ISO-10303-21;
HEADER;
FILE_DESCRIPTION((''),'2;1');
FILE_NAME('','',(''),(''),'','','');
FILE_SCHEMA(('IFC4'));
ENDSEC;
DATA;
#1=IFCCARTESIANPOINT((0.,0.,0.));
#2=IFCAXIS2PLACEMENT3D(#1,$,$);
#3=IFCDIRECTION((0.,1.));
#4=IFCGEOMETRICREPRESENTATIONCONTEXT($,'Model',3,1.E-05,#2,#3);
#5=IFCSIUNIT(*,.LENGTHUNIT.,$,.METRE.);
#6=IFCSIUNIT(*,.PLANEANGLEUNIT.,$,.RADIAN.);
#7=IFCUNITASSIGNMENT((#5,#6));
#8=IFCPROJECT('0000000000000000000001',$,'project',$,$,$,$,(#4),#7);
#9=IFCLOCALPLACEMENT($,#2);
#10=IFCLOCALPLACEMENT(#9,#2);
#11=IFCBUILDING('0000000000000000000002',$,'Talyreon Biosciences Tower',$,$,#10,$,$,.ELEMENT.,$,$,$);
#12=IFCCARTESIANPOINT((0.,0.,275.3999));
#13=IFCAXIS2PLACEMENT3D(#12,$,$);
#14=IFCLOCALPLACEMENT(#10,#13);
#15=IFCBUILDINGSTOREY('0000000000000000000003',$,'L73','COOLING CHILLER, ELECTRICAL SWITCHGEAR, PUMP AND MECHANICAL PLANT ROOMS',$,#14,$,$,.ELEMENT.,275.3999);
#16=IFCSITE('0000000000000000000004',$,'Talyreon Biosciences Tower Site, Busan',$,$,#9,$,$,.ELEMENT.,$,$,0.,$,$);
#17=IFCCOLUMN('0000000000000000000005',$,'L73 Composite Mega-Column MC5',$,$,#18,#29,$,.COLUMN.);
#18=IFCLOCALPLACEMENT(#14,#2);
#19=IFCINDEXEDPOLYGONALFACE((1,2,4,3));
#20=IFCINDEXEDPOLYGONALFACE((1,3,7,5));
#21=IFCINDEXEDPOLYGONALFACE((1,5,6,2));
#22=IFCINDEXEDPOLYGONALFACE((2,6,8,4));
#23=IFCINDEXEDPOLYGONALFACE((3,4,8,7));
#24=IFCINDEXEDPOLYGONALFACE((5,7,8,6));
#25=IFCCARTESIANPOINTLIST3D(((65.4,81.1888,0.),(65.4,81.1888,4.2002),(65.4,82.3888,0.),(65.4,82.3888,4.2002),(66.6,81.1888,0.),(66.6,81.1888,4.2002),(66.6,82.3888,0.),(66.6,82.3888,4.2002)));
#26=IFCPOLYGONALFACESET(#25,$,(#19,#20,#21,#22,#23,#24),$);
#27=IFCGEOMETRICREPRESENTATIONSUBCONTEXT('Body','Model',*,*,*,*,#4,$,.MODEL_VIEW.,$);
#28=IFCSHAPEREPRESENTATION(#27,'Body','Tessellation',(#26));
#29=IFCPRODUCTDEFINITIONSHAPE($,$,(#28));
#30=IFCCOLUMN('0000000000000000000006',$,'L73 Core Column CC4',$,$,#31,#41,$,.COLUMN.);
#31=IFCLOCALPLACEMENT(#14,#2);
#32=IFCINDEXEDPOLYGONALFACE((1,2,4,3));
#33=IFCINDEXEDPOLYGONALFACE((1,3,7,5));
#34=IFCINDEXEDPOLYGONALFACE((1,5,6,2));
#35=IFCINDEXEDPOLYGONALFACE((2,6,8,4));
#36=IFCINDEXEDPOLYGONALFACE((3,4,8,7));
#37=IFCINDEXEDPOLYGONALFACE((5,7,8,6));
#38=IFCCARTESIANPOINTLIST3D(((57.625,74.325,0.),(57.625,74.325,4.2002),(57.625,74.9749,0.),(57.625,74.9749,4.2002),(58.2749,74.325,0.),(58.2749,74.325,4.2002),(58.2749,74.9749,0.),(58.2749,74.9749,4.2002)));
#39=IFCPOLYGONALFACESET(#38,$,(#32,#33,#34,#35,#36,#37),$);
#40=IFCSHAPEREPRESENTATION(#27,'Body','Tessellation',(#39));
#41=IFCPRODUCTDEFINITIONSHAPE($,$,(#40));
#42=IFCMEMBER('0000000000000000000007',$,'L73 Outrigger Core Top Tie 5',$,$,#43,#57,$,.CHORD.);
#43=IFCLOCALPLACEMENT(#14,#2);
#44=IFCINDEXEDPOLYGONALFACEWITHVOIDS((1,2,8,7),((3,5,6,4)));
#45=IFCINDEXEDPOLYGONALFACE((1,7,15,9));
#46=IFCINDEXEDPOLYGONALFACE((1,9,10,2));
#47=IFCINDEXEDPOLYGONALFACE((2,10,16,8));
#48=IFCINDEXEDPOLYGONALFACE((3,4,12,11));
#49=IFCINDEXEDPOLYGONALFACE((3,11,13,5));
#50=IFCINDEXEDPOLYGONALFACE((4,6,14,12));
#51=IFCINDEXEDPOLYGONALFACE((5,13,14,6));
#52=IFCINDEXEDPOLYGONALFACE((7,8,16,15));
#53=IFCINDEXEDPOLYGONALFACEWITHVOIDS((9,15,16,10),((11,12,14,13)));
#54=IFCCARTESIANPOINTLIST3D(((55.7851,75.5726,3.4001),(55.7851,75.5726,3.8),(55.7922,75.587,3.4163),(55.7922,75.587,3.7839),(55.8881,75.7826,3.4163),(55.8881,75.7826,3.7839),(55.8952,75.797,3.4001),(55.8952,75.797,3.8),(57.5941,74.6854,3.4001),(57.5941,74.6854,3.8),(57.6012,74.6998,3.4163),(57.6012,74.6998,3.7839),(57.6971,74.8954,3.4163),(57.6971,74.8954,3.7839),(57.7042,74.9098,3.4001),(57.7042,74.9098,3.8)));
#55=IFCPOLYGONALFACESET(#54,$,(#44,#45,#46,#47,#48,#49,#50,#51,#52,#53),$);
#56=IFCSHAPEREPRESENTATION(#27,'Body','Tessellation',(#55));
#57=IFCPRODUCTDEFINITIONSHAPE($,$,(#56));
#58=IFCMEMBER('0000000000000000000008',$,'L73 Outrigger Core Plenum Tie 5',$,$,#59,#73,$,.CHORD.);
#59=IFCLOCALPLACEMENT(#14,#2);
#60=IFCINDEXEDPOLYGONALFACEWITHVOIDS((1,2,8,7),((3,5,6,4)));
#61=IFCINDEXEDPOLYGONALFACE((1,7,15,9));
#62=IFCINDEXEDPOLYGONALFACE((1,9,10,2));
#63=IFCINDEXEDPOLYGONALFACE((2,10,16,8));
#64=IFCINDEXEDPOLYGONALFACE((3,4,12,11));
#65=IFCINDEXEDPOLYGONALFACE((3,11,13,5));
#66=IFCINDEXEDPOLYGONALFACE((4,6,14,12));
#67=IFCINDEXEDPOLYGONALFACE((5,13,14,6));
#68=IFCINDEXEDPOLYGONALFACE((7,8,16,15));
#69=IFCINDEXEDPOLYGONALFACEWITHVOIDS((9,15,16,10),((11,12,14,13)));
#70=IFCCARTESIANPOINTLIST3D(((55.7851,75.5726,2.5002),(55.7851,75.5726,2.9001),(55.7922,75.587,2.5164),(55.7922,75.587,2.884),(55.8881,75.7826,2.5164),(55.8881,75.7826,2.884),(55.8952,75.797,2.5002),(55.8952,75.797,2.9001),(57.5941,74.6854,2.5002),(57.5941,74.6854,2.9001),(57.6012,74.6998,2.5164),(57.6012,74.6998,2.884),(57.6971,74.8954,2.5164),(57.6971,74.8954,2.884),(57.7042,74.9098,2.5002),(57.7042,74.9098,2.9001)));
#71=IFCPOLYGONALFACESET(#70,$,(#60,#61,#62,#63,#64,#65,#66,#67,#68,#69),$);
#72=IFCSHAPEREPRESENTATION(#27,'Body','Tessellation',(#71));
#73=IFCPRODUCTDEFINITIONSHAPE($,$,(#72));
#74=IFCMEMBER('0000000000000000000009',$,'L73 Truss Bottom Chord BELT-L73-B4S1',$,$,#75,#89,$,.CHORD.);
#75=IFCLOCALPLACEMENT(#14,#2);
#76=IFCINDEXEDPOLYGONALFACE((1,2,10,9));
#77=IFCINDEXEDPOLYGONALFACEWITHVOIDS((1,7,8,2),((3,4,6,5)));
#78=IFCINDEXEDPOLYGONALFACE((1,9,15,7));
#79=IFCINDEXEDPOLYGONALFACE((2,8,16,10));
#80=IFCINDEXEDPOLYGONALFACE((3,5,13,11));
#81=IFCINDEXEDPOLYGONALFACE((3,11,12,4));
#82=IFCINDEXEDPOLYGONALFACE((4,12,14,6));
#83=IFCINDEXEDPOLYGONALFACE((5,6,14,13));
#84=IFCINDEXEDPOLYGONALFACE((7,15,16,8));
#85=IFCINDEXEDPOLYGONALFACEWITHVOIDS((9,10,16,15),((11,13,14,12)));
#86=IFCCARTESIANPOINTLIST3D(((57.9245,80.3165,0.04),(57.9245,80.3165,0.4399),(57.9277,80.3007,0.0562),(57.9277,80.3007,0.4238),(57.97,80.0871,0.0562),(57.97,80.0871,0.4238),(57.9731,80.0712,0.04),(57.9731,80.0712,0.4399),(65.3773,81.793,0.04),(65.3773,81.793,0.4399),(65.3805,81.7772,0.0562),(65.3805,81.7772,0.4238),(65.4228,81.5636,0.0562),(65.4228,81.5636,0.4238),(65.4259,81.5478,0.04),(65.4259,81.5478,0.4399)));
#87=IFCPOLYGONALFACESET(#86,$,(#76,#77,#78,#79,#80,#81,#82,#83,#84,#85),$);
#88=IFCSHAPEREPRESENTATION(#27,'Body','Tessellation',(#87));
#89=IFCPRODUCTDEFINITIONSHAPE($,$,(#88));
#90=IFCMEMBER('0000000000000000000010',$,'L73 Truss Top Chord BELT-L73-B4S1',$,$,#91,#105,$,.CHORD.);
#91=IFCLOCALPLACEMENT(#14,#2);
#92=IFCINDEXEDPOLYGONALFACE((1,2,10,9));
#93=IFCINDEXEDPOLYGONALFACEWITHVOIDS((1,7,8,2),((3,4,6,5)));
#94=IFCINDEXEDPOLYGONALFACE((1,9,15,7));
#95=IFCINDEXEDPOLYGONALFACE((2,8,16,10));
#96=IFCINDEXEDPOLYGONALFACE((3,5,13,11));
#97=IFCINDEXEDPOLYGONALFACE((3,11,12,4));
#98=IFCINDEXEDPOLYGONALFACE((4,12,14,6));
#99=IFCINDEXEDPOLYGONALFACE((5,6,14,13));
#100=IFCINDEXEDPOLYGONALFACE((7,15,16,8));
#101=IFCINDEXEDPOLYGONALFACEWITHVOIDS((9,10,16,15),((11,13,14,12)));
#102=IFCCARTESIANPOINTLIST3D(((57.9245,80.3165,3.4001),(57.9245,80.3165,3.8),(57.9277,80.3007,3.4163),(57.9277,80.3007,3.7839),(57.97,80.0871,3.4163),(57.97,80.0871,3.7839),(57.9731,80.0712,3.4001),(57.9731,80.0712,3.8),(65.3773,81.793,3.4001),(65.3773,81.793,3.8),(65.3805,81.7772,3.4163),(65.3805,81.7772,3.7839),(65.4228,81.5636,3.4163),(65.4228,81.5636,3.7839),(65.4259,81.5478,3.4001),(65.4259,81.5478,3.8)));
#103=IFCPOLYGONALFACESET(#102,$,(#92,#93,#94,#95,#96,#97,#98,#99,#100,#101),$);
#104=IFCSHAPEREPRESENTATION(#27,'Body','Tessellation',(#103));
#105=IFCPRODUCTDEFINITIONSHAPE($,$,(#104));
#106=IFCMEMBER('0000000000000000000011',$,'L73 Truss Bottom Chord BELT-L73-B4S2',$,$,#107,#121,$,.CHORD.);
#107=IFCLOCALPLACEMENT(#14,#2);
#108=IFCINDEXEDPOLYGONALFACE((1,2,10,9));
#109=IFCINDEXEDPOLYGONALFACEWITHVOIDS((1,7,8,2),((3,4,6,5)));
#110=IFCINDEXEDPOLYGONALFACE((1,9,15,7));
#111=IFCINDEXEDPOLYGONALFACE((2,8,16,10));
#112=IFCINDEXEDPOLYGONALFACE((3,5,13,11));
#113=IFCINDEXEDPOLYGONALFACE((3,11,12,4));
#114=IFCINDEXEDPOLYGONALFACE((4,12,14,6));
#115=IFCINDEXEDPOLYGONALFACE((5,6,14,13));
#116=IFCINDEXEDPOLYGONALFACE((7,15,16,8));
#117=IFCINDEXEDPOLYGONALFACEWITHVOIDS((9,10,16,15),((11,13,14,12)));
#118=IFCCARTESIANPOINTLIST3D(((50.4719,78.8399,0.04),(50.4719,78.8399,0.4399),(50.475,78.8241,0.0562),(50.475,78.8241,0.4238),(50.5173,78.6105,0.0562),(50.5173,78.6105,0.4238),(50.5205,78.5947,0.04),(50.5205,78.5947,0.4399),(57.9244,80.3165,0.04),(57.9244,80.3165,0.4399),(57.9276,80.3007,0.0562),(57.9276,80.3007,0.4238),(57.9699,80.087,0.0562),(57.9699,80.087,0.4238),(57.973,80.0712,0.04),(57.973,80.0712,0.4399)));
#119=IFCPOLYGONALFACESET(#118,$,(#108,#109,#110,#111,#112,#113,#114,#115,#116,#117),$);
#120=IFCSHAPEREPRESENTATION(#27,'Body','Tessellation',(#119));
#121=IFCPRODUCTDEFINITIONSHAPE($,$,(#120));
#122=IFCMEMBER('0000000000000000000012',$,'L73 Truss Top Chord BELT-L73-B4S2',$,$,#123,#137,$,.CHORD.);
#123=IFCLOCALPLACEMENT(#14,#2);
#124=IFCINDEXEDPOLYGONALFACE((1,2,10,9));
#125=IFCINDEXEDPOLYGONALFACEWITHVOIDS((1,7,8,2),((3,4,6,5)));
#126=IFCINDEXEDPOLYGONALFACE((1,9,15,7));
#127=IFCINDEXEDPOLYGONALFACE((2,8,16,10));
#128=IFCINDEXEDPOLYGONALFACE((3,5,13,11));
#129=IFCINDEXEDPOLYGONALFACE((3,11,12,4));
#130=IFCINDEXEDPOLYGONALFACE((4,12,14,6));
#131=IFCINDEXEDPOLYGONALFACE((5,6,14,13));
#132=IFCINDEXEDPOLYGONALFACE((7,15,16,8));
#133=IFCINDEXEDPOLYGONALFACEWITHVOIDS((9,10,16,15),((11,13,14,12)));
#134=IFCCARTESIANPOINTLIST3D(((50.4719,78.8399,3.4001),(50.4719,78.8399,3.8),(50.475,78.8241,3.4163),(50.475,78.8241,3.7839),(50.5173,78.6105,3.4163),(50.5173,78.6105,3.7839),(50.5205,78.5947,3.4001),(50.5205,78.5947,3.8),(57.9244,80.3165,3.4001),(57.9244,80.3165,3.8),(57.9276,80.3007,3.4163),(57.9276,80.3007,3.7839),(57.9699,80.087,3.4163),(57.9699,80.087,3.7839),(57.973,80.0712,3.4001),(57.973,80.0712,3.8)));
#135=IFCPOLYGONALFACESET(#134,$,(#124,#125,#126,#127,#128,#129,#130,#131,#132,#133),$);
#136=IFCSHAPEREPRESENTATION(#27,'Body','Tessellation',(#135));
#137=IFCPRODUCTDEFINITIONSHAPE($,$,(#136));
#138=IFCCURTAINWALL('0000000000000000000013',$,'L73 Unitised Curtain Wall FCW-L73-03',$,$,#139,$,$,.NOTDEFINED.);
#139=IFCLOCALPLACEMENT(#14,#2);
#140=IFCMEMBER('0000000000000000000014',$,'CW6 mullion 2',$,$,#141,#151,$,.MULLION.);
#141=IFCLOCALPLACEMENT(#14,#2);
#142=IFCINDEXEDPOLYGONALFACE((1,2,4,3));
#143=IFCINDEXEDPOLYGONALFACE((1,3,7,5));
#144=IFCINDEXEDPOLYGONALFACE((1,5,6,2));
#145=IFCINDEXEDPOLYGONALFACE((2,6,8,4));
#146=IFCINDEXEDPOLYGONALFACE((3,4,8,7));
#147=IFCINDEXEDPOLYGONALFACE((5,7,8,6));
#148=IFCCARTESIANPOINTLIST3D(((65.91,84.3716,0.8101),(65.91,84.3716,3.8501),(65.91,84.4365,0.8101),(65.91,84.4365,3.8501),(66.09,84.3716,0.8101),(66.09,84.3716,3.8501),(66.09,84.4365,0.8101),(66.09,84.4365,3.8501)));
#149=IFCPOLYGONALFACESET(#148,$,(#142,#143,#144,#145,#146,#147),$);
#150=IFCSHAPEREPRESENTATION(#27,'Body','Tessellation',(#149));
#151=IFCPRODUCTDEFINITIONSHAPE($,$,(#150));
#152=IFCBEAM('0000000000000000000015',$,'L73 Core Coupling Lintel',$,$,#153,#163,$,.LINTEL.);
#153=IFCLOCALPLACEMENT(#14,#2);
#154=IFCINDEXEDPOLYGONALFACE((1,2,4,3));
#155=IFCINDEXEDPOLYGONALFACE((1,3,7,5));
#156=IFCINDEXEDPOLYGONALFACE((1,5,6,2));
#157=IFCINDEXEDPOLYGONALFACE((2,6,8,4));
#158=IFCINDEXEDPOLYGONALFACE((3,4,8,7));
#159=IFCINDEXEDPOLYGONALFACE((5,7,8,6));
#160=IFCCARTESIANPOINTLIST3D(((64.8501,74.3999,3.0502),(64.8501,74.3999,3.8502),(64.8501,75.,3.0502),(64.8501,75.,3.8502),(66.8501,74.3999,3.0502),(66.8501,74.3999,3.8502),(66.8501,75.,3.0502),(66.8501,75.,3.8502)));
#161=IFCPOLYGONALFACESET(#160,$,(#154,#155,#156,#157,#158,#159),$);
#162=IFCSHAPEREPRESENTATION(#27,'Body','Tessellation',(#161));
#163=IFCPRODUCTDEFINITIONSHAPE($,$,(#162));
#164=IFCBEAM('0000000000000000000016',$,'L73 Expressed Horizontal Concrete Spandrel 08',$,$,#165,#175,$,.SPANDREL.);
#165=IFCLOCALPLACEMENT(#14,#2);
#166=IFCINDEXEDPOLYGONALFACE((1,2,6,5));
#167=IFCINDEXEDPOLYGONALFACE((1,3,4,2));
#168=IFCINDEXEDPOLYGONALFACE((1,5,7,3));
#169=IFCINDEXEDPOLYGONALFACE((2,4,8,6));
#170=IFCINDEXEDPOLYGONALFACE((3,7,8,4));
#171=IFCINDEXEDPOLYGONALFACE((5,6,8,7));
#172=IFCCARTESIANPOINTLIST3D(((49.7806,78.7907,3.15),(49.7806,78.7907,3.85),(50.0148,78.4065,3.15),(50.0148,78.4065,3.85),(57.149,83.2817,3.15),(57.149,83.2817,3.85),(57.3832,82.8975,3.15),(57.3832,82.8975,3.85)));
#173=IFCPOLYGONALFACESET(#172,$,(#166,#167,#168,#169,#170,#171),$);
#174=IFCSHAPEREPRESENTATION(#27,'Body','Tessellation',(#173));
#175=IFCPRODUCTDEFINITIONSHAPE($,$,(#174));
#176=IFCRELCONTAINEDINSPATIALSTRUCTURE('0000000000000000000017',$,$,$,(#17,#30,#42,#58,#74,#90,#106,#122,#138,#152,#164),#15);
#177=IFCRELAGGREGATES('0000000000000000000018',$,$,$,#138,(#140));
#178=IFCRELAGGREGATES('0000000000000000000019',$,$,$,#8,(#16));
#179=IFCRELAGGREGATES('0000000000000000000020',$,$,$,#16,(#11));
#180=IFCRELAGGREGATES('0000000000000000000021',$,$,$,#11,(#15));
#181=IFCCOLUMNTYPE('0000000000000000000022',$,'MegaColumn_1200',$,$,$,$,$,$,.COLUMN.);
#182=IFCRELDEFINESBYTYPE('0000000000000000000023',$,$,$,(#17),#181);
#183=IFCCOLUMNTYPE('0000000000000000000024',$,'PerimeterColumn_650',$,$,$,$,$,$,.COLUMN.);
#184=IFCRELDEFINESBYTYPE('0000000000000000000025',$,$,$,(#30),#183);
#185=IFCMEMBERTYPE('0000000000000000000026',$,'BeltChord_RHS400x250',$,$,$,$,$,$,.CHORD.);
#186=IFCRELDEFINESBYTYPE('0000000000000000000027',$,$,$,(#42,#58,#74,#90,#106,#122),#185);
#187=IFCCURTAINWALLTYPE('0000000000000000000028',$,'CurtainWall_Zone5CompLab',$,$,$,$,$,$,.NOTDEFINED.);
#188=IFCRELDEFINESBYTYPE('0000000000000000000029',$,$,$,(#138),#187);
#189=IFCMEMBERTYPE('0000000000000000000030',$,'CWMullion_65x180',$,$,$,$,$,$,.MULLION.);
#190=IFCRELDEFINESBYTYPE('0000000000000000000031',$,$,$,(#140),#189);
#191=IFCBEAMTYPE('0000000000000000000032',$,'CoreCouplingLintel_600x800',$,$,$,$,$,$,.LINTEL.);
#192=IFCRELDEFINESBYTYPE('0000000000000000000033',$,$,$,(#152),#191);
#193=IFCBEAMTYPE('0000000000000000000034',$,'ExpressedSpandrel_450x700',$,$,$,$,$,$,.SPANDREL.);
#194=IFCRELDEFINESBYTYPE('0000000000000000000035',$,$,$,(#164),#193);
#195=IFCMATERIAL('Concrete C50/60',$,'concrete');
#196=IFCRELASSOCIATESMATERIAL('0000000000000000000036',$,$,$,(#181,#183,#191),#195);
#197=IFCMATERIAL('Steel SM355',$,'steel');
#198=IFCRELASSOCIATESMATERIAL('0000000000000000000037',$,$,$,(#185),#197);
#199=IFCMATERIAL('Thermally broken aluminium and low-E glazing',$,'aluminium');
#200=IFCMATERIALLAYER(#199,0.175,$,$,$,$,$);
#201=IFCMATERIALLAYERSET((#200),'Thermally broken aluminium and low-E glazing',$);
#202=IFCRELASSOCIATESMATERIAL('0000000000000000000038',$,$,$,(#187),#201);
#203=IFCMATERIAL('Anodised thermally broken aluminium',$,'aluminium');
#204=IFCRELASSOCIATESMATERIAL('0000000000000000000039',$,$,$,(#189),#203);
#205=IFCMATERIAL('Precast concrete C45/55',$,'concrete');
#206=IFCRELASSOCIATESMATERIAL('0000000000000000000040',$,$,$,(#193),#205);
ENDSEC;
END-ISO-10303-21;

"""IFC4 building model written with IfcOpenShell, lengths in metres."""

from ifc_helpers import new_model, si_unit, direction, frame, origin, origin_2d, place, context, subcontext, project, spatial, rectangle, hollow_rectangle, extrude, material, layer, layer_set, material_profile, profile_set, type_object, element, aggregate, save


model = new_model("IFC4")

# Units and contexts
model_context = context("Model", 3, precision=1e-05, world=origin(), true_north=direction((0.0, 1.0)))
body_context = subcontext(model_context, "Body", "Model", "MODEL_VIEW")
ifc_project = project(units=[si_unit("LENGTHUNIT", "METRE"), si_unit("PLANEANGLEUNIT", "RADIAN")], contexts=[model_context])

# Site, building, storey
site_placement = place(None, origin())
site = spatial("IfcSite", under=ifc_project, at=site_placement, Name="Talyreon Biosciences Tower Site, Busan", CompositionType="ELEMENT", RefElevation=0.0)
building_placement = place(site_placement, origin())
building = spatial("IfcBuilding", under=site, at=building_placement, Name="Talyreon Biosciences Tower", CompositionType="ELEMENT")
storey_placement = place(building_placement, frame((0.0, 0.0, 275.3999)))
storey = spatial("IfcBuildingStorey", under=building, at=storey_placement, Name="L73", Description="COOLING CHILLER, ELECTRICAL SWITCHGEAR, PUMP AND MECHANICAL PLANT ROOMS", CompositionType="ELEMENT", Elevation=275.3999)

# Columns
ifc_material_1 = material(Name="Concrete C50/60", Category="concrete")
ifc_material_profile_1 = material_profile(ifc_material_1, rectangle(XDim=1.2, YDim=1.2, at=origin_2d()), Name="RC 1200x1200")
ifc_profile_set_1 = profile_set([ifc_material_profile_1], Name="Concrete C50/60")
column_type_1 = type_object("IfcColumnType", Name="MegaColumn_1200", PredefinedType="COLUMN", material=ifc_profile_set_1)
column_1_placement = place(storey_placement, frame((66.0, 81.7888, 0.0), z_axis=(0.0, 0.0, 1.0), x_axis=(1.0, 0.0, 0.0)))
element("IfcColumn", 1, at=column_1_placement, inside=storey, type_object=column_type_1, Name="L73 Composite Mega-Column MC5", PredefinedType="COLUMN", context=body_context, shape_type="SweptSolid", body=[
    extrude(rectangle(XDim=1.2, YDim=1.2, at=origin_2d()), origin(), (0.0, 0.0, 1.0), 4.2002),
])
ifc_material_profile_2 = material_profile(ifc_material_1, rectangle(XDim=0.6499, YDim=0.6499, at=origin_2d()), Name="RC 650x650")
ifc_profile_set_2 = profile_set([ifc_material_profile_2], Name="Concrete C50/60")
column_type_2 = type_object("IfcColumnType", Name="PerimeterColumn_650", PredefinedType="COLUMN", material=ifc_profile_set_2)
column_2_placement = place(storey_placement, frame((57.95, 74.6499, 0.0), z_axis=(0.0, 0.0, 1.0), x_axis=(1.0, 0.0, 0.0)))
element("IfcColumn", 2, at=column_2_placement, inside=storey, type_object=column_type_2, Name="L73 Core Column CC4", PredefinedType="COLUMN", context=body_context, shape_type="SweptSolid", body=[
    extrude(rectangle(XDim=0.6499, YDim=0.6499, at=origin_2d()), origin(), (0.0, 0.0, 1.0), 4.2002),
])

# Members
ifc_material_2 = material(Name="Steel SM355", Category="steel")
ifc_material_profile_3 = material_profile(ifc_material_2, hollow_rectangle(XDim=0.25, YDim=0.3999, WallThickness=0.0161, at=origin_2d()), Name="RHS 400x250x16")
ifc_profile_set_3 = profile_set([ifc_material_profile_3], Name="Steel SM355")
member_type_1 = type_object("IfcMemberType", Name="BeltChord_RHS400x250", PredefinedType="CHORD", material=ifc_profile_set_3)
for number, where, z_axis, x_axis, name in (
    (3, (57.6492, 74.7976, 3.6001), (-0.897842, 0.440318, 0.0), (-0.440318, -0.897842, 0.0), "L73 Outrigger Core Top Tie 5"),
    (4, (57.6492, 74.7976, 2.7002), (-0.897842, 0.440318, 0.0), (-0.440318, -0.897842, 0.0), "L73 Outrigger Core Plenum Tie 5"),
):
    element("IfcMember", number, at=place(storey_placement, frame(where, z_axis=z_axis, x_axis=x_axis)), inside=storey, type_object=member_type_1, Name=name, PredefinedType="CHORD", context=body_context, shape_type="SweptSolid", body=[
        extrude(hollow_rectangle(XDim=0.25, YDim=0.3999, WallThickness=0.0161, at=origin_2d()), origin(), (0.0, 0.0, 1.0), 2.0149),
    ])
for number, where, z_axis, x_axis, name in (
    (5, (65.4016, 81.6704, 0.24), (-0.980934, -0.194342, 0.0), (0.194342, -0.980934, 0.0), "L73 Truss Bottom Chord BELT-L73-B4S1"),
    (6, (65.4016, 81.6704, 3.6001), (-0.980934, -0.194342, 0.0), (0.194342, -0.980934, 0.0), "L73 Truss Top Chord BELT-L73-B4S1"),
):
    element("IfcMember", number, at=place(storey_placement, frame(where, z_axis=z_axis, x_axis=x_axis)), inside=storey, type_object=member_type_1, Name=name, PredefinedType="CHORD", context=body_context, shape_type="SweptSolid", body=[
        extrude(hollow_rectangle(XDim=0.25, YDim=0.3999, WallThickness=0.0161, at=origin_2d()), origin(), (0.0, 0.0, 1.0), 7.5977),
    ])
for number, where, z_axis, x_axis, name in (
    (7, (57.9487, 80.1938, 0.24), (-0.980933, -0.194348, 0.0), (0.194348, -0.980933, 0.0), "L73 Truss Bottom Chord BELT-L73-B4S2"),
    (8, (57.9487, 80.1938, 3.6001), (-0.980933, -0.194348, 0.0), (0.194348, -0.980933, 0.0), "L73 Truss Top Chord BELT-L73-B4S2"),
):
    element("IfcMember", number, at=place(storey_placement, frame(where, z_axis=z_axis, x_axis=x_axis)), inside=storey, type_object=member_type_1, Name=name, PredefinedType="CHORD", context=body_context, shape_type="SweptSolid", body=[
        extrude(hollow_rectangle(XDim=0.25, YDim=0.3999, WallThickness=0.0161, at=origin_2d()), origin(), (0.0, 0.0, 1.0), 7.5974),
    ])

# Curtain wall, member
ifc_material_3 = material(Name="Thermally broken aluminium and low-E glazing", Category="aluminium")
ifc_layer_1 = layer(ifc_material_3, 0.175)
ifc_layer_set_1 = layer_set([ifc_layer_1], Name="Thermally broken aluminium and low-E glazing")
curtain_wall_type = type_object("IfcCurtainWallType", Name="CurtainWall_Zone5CompLab", PredefinedType="NOTDEFINED", material=ifc_layer_set_1)
curtain_wall_placement = place(storey_placement, origin())
curtain_wall = element("IfcCurtainWall", 9, at=curtain_wall_placement, inside=storey, type_object=curtain_wall_type, Name="L73 Unitised Curtain Wall FCW-L73-03", PredefinedType="NOTDEFINED")
ifc_material_4 = material(Name="Anodised thermally broken aluminium", Category="aluminium")
ifc_material_profile_4 = material_profile(ifc_material_4, rectangle(XDim=0.0649, YDim=0.1799, at=origin_2d()), Name="ALUM MULLION 65x180")
ifc_profile_set_4 = profile_set([ifc_material_profile_4], Name="Anodised thermally broken aluminium")
member_type_2 = type_object("IfcMemberType", Name="CWMullion_65x180", PredefinedType="MULLION", material=ifc_profile_set_4)
member_1_placement = place(storey_placement, frame((66.0, 84.4041, 0.8101), z_axis=(0.0, 0.0, 1.0), x_axis=(0.0, 1.0, 0.0)))
member_1 = element("IfcMember", 10, at=member_1_placement, type_object=member_type_2, Name="CW6 mullion 2", PredefinedType="MULLION", context=body_context, shape_type="SweptSolid", body=[
    extrude(rectangle(XDim=0.0649, YDim=0.1799, at=origin_2d()), origin(), (0.0, 0.0, 1.0), 3.04),
])

# Beams
ifc_material_profile_5 = material_profile(ifc_material_1, rectangle(XDim=0.6001, YDim=0.8, at=origin_2d()), Name="RCB 600x800")
ifc_profile_set_5 = profile_set([ifc_material_profile_5], Name="Concrete C50/60")
beam_type_1 = type_object("IfcBeamType", Name="CoreCouplingLintel_600x800", PredefinedType="LINTEL", material=ifc_profile_set_5)
beam_1_placement = place(storey_placement, frame((64.8501, 74.7, 3.4502), z_axis=(1.0, 0.0, 0.0), x_axis=(0.0, 1.0, 0.0)))
element("IfcBeam", 11, at=beam_1_placement, inside=storey, type_object=beam_type_1, Name="L73 Core Coupling Lintel", PredefinedType="LINTEL", context=body_context, shape_type="SweptSolid", body=[
    extrude(rectangle(XDim=0.6001, YDim=0.8, at=origin_2d()), origin(), (0.0, 0.0, 1.0), 2.0),
])
ifc_material_5 = material(Name="Precast concrete C45/55", Category="concrete")
ifc_material_profile_6 = material_profile(ifc_material_5, rectangle(XDim=0.45, YDim=0.7, at=origin_2d()), Name="RCB 450x700")
ifc_profile_set_6 = profile_set([ifc_material_profile_6], Name="Precast concrete C45/55")
beam_type_2 = type_object("IfcBeamType", Name="ExpressedSpandrel_450x700", PredefinedType="SPANDREL", material=ifc_profile_set_6)
beam_2_placement = place(storey_placement, frame((57.2661, 83.0896, 3.5), z_axis=(-0.853897, -0.520441, 0.0), x_axis=(0.520441, -0.853897, 0.0)))
element("IfcBeam", 12, at=beam_2_placement, inside=storey, type_object=beam_type_2, Name="L73 Expressed Horizontal Concrete Spandrel 08", PredefinedType="SPANDREL", context=body_context, shape_type="SweptSolid", body=[
    extrude(rectangle(XDim=0.45, YDim=0.7, at=origin_2d()), origin(), (0.0, 0.0, 1.0), 8.6292),
])

aggregate(curtain_wall, [member_1])

save(model, "model.ifc")
